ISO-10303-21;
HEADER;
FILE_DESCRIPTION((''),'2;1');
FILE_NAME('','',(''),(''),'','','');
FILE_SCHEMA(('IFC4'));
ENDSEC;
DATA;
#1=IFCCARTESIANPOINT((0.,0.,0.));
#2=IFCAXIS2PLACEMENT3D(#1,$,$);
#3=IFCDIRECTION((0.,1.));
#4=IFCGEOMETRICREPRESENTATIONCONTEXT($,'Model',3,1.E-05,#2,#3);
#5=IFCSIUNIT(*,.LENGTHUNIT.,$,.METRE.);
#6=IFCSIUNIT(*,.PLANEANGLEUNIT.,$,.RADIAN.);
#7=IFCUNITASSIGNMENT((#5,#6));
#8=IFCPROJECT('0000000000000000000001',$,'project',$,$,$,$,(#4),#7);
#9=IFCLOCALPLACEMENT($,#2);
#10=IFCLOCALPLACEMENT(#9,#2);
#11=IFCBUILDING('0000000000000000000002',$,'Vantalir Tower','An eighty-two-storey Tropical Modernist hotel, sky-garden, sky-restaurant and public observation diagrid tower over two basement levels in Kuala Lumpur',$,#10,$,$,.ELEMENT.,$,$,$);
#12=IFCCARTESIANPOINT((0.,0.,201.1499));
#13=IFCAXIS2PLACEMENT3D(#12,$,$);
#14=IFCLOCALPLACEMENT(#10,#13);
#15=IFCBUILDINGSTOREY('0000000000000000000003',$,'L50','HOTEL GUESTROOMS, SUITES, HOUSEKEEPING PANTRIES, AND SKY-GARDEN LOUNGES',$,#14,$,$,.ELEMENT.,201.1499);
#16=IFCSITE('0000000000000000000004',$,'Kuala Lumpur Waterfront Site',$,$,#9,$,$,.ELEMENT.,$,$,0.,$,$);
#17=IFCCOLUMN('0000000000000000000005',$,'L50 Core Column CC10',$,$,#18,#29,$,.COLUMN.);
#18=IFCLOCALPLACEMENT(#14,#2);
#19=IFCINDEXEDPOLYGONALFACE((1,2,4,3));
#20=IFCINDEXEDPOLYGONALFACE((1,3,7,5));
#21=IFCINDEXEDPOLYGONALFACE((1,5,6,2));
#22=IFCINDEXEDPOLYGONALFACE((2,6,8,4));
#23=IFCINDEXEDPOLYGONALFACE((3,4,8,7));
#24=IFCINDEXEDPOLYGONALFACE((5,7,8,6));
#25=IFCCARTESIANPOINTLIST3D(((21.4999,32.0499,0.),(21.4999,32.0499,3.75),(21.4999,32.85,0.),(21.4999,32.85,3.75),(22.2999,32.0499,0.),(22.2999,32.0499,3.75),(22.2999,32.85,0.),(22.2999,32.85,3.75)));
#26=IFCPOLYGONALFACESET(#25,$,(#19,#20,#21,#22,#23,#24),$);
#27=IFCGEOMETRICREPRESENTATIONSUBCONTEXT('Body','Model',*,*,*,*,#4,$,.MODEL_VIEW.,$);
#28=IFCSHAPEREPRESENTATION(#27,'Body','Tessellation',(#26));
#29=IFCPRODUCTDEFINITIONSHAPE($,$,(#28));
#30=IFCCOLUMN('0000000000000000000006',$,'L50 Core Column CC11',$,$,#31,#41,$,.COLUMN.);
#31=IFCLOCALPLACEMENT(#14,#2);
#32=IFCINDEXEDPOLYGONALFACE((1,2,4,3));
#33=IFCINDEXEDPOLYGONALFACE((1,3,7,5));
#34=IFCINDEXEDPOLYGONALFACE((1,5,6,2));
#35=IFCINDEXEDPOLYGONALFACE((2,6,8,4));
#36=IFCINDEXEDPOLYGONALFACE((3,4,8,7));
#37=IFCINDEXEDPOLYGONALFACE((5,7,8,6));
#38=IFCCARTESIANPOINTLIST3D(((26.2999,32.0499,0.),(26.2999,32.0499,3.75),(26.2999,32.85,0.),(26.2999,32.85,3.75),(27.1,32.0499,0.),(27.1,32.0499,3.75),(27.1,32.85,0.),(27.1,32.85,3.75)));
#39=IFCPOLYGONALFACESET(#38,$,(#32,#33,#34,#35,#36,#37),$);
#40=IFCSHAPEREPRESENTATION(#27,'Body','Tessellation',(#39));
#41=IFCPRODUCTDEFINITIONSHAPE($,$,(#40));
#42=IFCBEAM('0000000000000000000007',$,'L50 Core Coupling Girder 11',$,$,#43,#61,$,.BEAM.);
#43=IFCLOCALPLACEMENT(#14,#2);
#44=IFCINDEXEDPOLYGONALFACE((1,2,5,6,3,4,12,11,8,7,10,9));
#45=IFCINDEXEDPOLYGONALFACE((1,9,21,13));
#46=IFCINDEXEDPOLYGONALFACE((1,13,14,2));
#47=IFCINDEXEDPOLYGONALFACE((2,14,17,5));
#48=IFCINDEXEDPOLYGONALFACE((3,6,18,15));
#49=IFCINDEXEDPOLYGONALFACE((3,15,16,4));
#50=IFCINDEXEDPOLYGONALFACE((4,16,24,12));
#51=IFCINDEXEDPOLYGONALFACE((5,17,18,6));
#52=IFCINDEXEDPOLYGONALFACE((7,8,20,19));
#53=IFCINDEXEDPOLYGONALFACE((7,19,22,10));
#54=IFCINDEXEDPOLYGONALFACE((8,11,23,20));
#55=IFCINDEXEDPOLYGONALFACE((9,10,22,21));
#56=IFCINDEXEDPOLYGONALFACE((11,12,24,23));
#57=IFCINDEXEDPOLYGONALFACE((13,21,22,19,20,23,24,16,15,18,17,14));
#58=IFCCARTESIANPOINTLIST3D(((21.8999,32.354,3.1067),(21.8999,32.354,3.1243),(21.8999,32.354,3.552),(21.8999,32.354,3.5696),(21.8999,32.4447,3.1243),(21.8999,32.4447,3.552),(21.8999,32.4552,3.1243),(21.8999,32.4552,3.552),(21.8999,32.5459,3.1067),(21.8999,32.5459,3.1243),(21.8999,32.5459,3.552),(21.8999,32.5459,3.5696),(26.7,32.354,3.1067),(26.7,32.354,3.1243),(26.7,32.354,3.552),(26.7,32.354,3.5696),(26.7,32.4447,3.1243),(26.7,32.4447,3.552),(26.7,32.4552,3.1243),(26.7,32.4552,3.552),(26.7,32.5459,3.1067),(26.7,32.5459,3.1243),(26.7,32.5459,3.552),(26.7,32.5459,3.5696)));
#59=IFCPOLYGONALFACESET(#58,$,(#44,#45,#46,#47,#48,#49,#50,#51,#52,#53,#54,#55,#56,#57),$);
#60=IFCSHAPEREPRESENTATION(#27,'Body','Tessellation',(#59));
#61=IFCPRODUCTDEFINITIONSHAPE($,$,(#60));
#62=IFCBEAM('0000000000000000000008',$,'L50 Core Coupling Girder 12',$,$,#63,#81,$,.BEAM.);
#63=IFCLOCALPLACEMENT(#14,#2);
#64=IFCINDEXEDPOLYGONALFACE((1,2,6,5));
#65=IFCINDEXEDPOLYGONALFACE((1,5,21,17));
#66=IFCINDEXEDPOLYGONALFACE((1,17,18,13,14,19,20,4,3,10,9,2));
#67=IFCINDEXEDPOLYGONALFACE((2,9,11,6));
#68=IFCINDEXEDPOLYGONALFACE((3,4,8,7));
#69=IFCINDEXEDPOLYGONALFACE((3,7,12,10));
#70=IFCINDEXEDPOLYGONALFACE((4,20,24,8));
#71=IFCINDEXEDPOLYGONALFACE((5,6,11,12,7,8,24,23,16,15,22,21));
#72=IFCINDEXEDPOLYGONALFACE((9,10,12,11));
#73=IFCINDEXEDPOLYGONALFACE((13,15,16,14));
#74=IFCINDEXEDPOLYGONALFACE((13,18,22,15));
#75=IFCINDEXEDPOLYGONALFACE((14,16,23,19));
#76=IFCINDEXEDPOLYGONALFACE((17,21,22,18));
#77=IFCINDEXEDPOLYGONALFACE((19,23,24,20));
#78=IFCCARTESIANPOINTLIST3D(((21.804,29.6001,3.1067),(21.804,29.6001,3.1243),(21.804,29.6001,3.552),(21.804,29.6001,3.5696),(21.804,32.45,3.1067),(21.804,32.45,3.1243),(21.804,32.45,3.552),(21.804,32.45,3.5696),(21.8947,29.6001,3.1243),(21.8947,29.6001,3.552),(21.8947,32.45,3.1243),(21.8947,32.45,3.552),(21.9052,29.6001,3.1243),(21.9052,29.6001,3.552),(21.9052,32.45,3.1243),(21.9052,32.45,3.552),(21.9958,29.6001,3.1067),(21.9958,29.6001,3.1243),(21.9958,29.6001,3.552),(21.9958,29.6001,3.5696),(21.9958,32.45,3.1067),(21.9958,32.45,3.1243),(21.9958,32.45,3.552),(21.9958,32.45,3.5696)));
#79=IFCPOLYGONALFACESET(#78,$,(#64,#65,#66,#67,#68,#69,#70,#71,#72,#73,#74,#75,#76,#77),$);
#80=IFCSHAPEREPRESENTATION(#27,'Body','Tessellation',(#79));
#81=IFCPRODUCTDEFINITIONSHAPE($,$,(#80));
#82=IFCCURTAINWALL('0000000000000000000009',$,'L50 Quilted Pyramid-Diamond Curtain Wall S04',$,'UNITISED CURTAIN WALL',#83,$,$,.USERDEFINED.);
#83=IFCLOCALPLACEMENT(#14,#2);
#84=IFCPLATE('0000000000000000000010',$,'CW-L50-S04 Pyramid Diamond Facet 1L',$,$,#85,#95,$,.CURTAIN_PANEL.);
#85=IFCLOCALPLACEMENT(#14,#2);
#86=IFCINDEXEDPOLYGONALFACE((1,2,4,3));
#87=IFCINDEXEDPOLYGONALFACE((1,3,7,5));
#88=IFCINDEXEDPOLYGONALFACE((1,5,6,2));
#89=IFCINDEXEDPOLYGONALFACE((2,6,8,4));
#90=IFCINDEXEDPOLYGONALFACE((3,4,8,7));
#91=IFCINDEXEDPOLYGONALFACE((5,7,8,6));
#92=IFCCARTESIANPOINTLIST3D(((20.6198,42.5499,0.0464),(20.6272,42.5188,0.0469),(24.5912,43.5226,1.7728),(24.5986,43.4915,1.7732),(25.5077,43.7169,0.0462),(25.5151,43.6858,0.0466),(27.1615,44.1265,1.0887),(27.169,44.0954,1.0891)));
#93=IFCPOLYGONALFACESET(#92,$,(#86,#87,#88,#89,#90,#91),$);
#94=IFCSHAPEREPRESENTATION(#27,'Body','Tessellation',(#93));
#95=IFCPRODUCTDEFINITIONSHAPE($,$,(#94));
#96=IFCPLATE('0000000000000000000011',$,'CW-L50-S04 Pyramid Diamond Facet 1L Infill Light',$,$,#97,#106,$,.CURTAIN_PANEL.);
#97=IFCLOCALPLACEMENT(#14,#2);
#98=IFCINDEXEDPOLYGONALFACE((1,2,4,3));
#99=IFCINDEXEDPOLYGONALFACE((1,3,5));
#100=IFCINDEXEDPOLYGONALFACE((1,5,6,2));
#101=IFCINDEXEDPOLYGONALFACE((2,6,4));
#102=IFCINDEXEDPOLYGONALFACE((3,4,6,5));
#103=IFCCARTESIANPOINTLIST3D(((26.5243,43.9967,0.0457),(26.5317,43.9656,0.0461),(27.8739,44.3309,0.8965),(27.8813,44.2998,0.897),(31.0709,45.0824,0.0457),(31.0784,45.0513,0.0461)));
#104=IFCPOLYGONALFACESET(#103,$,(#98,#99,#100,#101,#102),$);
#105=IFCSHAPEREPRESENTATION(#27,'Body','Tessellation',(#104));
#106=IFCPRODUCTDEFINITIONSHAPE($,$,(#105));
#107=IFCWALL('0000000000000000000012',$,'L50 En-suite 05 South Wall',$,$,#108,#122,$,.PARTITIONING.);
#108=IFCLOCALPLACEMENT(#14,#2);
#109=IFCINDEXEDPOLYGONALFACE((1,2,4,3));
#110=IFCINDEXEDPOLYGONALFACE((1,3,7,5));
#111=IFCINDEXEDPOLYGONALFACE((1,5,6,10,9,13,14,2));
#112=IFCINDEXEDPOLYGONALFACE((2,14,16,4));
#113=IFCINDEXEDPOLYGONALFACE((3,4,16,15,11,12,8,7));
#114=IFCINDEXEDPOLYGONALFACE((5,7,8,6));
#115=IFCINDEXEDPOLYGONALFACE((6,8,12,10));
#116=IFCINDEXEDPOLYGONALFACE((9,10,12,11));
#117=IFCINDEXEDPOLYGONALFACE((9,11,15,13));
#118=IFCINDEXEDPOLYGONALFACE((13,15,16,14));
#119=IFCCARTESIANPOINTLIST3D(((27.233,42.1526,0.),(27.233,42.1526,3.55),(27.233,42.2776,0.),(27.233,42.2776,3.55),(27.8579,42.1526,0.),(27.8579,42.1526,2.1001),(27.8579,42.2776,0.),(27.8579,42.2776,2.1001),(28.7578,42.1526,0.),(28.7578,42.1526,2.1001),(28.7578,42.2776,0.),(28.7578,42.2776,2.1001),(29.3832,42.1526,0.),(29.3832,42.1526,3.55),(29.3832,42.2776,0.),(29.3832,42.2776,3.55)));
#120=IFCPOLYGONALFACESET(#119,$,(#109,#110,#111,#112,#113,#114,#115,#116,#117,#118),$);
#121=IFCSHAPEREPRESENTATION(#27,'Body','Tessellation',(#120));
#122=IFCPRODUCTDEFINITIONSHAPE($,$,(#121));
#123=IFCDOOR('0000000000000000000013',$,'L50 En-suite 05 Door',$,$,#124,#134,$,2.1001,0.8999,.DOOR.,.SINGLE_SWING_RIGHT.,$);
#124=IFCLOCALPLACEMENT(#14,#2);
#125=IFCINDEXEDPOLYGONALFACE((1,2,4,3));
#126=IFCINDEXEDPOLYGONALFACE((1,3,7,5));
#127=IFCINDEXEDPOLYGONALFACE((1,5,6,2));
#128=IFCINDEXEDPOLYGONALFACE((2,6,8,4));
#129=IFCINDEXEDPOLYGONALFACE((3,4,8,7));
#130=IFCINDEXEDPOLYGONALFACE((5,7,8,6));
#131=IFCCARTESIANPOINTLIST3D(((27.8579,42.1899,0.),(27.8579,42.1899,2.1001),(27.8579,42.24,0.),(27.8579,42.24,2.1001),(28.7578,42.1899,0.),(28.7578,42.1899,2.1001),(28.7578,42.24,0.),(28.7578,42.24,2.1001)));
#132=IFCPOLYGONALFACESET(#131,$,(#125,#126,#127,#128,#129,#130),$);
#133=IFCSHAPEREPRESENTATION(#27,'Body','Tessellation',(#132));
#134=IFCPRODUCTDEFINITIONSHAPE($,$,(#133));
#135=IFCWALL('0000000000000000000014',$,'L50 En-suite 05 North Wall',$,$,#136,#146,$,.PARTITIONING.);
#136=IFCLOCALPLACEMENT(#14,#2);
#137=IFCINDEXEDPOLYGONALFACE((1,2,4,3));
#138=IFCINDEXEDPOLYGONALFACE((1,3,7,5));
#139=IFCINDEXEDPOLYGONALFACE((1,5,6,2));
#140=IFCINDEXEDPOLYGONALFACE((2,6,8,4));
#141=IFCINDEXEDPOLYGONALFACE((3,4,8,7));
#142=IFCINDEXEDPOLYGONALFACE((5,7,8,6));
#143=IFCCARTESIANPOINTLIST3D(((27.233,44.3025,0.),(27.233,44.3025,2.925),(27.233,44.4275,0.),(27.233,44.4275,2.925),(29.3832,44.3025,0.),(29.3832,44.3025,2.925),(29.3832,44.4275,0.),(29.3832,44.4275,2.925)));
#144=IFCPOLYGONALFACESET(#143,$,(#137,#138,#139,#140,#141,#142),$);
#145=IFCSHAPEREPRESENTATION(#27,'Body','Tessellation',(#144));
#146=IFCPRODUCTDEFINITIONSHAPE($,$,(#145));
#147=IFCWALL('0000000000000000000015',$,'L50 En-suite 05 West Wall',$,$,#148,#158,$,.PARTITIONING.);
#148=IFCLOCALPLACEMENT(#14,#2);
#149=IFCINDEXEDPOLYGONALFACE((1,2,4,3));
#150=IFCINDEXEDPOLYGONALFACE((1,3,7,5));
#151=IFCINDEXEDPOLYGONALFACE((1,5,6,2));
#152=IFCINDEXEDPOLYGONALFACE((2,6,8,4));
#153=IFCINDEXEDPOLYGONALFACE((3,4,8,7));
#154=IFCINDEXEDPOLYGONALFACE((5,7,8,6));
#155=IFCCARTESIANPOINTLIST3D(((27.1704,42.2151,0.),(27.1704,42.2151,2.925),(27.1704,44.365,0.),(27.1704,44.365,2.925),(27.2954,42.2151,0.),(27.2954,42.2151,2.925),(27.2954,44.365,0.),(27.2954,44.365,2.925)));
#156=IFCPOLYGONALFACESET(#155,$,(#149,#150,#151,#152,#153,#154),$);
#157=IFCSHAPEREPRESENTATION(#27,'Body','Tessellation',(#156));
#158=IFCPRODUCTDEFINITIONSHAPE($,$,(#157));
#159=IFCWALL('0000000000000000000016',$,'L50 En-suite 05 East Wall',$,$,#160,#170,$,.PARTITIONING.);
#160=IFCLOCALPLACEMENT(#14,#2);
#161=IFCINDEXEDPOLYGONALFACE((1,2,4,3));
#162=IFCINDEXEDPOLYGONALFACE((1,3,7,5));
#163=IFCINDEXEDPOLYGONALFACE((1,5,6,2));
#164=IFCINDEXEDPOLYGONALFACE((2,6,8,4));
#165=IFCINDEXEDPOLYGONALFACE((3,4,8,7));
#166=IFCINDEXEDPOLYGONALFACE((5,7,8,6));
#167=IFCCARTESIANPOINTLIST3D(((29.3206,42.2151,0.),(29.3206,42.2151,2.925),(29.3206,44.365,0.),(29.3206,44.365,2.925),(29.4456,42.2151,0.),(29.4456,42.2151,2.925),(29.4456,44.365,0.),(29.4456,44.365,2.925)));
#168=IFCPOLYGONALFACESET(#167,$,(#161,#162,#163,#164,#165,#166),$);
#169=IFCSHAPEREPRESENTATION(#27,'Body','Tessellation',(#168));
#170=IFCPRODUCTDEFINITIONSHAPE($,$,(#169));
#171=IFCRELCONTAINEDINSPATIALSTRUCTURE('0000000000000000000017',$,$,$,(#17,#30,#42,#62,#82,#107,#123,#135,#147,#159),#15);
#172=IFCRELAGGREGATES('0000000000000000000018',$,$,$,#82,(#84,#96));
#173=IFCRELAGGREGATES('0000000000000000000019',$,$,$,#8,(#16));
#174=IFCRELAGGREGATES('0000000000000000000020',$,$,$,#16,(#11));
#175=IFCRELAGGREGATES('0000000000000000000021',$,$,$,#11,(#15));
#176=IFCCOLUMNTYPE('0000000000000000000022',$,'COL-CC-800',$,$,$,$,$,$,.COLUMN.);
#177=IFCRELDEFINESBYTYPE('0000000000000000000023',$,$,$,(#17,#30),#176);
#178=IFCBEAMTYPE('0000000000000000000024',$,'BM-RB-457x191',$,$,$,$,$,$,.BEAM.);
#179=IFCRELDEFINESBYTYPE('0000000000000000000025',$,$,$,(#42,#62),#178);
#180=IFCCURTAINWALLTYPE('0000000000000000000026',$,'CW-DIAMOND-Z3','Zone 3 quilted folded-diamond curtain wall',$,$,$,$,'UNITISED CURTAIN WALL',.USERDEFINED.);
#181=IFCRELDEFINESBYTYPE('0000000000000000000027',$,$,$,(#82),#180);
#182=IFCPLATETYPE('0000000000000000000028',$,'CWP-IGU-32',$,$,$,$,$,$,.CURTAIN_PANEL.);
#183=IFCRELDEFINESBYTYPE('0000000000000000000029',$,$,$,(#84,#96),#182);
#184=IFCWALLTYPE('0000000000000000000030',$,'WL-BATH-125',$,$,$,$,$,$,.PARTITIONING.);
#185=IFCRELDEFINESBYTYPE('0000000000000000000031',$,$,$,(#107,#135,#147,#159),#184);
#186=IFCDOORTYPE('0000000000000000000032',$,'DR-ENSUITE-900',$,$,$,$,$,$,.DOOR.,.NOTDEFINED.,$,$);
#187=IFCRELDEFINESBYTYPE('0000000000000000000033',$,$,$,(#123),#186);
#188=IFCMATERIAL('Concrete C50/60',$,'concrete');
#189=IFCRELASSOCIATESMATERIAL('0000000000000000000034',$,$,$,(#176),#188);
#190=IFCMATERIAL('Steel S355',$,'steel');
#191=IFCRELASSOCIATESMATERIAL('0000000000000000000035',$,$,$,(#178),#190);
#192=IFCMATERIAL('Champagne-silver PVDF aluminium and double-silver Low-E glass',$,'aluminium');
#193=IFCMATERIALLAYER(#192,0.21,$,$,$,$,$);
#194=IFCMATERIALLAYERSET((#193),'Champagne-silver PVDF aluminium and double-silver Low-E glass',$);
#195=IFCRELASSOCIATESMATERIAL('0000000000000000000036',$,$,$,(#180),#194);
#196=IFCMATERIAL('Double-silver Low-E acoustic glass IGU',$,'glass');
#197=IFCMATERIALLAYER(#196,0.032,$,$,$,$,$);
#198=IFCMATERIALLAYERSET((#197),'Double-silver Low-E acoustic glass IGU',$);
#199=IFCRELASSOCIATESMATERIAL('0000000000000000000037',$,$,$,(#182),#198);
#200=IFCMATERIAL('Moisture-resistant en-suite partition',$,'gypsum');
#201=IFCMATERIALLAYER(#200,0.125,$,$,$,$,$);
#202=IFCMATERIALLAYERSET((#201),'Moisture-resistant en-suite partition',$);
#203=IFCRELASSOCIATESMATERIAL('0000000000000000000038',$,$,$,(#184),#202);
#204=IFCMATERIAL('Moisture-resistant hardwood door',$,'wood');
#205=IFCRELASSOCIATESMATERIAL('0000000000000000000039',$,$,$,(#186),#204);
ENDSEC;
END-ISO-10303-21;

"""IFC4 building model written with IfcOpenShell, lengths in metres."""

from ifc_helpers import new_model, si_unit, direction, frame, frame_2d, origin, origin_2d, place, context, subcontext, project, spatial, polyline, rectangle, i_section, outline, extrude, material, layer, layer_set, material_profile, profile_set, type_object, element, fill, aggregate, save


model = new_model("IFC4")

# Units and contexts
model_context = context("Model", 3, precision=1e-05, world=origin(), true_north=direction((0.0, 1.0)))
body_context = subcontext(model_context, "Body", "Model", "MODEL_VIEW")
ifc_project = project(units=[si_unit("LENGTHUNIT", "METRE"), si_unit("PLANEANGLEUNIT", "RADIAN")], contexts=[model_context])

# Site, building, storey
site_placement = place(None, origin())
site = spatial("IfcSite", under=ifc_project, at=site_placement, Name="Kuala Lumpur Waterfront Site", CompositionType="ELEMENT", RefElevation=0.0)
building_placement = place(site_placement, origin())
building = spatial("IfcBuilding", under=site, at=building_placement, Name="Vantalir Tower", Description="An eighty-two-storey Tropical Modernist hotel, sky-garden, sky-restaurant and public observation diagrid tower over two basement levels in Kuala Lumpur", CompositionType="ELEMENT")
storey_placement = place(building_placement, frame((0.0, 0.0, 201.1499)))
storey = spatial("IfcBuildingStorey", under=building, at=storey_placement, Name="L50", Description="HOTEL GUESTROOMS, SUITES, HOUSEKEEPING PANTRIES, AND SKY-GARDEN LOUNGES", CompositionType="ELEMENT", Elevation=201.1499)

# Columns
ifc_material_1 = material(Name="Concrete C50/60", Category="concrete")
ifc_material_profile_1 = material_profile(ifc_material_1, rectangle(XDim=0.8, YDim=0.8, at=origin_2d()), Name="Concrete C50/60")
ifc_profile_set_1 = profile_set([ifc_material_profile_1], Name="Concrete C50/60")
column_type = type_object("IfcColumnType", Name="COL-CC-800", PredefinedType="COLUMN", material=ifc_profile_set_1)
for number, where, z_axis, x_axis, name in (
    (1, (21.8999, 32.45, 0.0), (0.0, 0.0, 1.0), (1.0, 0.0, 0.0), "L50 Core Column CC10"),
    (2, (26.7, 32.45, 0.0), (0.0, 0.0, 1.0), (1.0, 0.0, 0.0), "L50 Core Column CC11"),
):
    element("IfcColumn", number, at=place(storey_placement, frame(where, z_axis=z_axis, x_axis=x_axis)), inside=storey, type_object=column_type, Name=name, PredefinedType="COLUMN", context=body_context, shape_type="SweptSolid", body=[
        extrude(rectangle(XDim=0.8, YDim=0.8, at=origin_2d()), origin(), (0.0, 0.0, 1.0), 3.75),
    ])

# Beams
ifc_material_2 = material(Name="Steel S355", Category="steel")
ifc_material_profile_2 = material_profile(ifc_material_2, i_section(OverallWidth=0.1919, OverallDepth=0.4629, WebThickness=0.0105, FlangeThickness=0.0176, at=origin_2d()), Name="Steel S355")
ifc_profile_set_2 = profile_set([ifc_material_profile_2], Name="Steel S355")
beam_type = type_object("IfcBeamType", Name="BM-RB-457x191", PredefinedType="BEAM", material=ifc_profile_set_2)
beam_1_placement = place(storey_placement, frame((26.7, 32.45, 3.3381), z_axis=(-1.0, 0.0, 0.0), x_axis=(0.0, -1.0, 0.0)))
element("IfcBeam", 3, at=beam_1_placement, inside=storey, type_object=beam_type, Name="L50 Core Coupling Girder 11", PredefinedType="BEAM", context=body_context, shape_type="SweptSolid", body=[
    extrude(i_section(OverallWidth=0.1919, OverallDepth=0.4629, WebThickness=0.0105, FlangeThickness=0.0176, at=origin_2d()), origin(), (0.0, 0.0, 1.0), 4.8),
])
beam_2_placement = place(storey_placement, frame((21.8999, 32.45, 3.3381), z_axis=(0.0, -1.0, 0.0), x_axis=(1.0, 0.0, 0.0)))
element("IfcBeam", 4, at=beam_2_placement, inside=storey, type_object=beam_type, Name="L50 Core Coupling Girder 12", PredefinedType="BEAM", context=body_context, shape_type="SweptSolid", body=[
    extrude(i_section(OverallWidth=0.1919, OverallDepth=0.4629, WebThickness=0.0105, FlangeThickness=0.0176, at=origin_2d()), origin(), (0.0, 0.0, 1.0), 2.8499),
])

# Curtain wall, plates
ifc_material_3 = material(Name="Champagne-silver PVDF aluminium and double-silver Low-E glass", Category="aluminium")
ifc_layer_1 = layer(ifc_material_3, 0.21)
ifc_layer_set_1 = layer_set([ifc_layer_1], Name="Champagne-silver PVDF aluminium and double-silver Low-E glass")
curtain_wall_type = type_object("IfcCurtainWallType", Name="CW-DIAMOND-Z3", Description="Zone 3 quilted folded-diamond curtain wall", ElementType="UNITISED CURTAIN WALL", PredefinedType="USERDEFINED", material=ifc_layer_set_1)
curtain_wall_placement = place(storey_placement, origin())
curtain_wall = element("IfcCurtainWall", 5, at=curtain_wall_placement, inside=storey, type_object=curtain_wall_type, Name="L50 Quilted Pyramid-Diamond Curtain Wall S04", ObjectType="UNITISED CURTAIN WALL", PredefinedType="USERDEFINED")
ifc_material_4 = material(Name="Double-silver Low-E acoustic glass IGU", Category="glass")
ifc_layer_2 = layer(ifc_material_4, 0.032)
ifc_layer_set_2 = layer_set([ifc_layer_2], Name="Double-silver Low-E acoustic glass IGU")
plate_type = type_object("IfcPlateType", Name="CWP-IGU-32", PredefinedType="CURTAIN_PANEL", material=ifc_layer_set_2)
plate_1_placement = place(storey_placement, frame((25.5151, 43.6858, 0.0466), z_axis=(0.232206, -0.972569, 0.013792), x_axis=(-0.972661, -0.232228, 0.000049)))
plate_1 = element("IfcPlate", 6, at=plate_1_placement, type_object=plate_type, Name="CW-L50-S04 Pyramid Diamond Facet 1L", PredefinedType="CURTAIN_PANEL", context=body_context, shape_type="SweptSolid", body=[
    extrude(outline(polyline([(0.0, 0.0), (5.0253, 0.0), (0.9367, -1.7267), (-1.7037, -1.0427), (0.0, 0.0)])), origin(), (0.0, 0.0, -1.0), 0.032),
])
plate_2_placement = place(storey_placement, frame((31.0784, 45.0513, 0.0461), z_axis=(0.232239, -0.972563, 0.013665), x_axis=(-0.972654, -0.232261, 0.0)))
plate_2 = element("IfcPlate", 7, at=plate_2_placement, type_object=plate_type, Name="CW-L50-S04 Pyramid Diamond Facet 1L Infill Light", PredefinedType="CURTAIN_PANEL", context=body_context, shape_type="SweptSolid", body=[
    extrude(outline(polyline([(0.0, 0.0), (4.6745, 0.0), (3.2841, -0.8509), (0.0, 0.0)])), origin(), (0.0, 0.0, -1.0), 0.032),
])
aggregate(curtain_wall, [plate_1, plate_2])

# Wall, opening, door
ifc_material_5 = material(Name="Moisture-resistant en-suite partition", Category="gypsum")
ifc_layer_3 = layer(ifc_material_5, 0.125)
ifc_layer_set_3 = layer_set([ifc_layer_3], Name="Moisture-resistant en-suite partition")
wall_type_1 = type_object("IfcWallType", Name="WL-BATH-125", PredefinedType="PARTITIONING", material=ifc_layer_set_3)
wall_1_placement = place(storey_placement, frame((27.2329, 42.2151, 0.0), z_axis=(0.0, 0.0, 1.0), x_axis=(1.0, 0.0, 0.0)))
wall_1 = element("IfcWall", 8, at=wall_1_placement, inside=storey, type_object=wall_type_1, Name="L50 En-suite 05 South Wall", PredefinedType="PARTITIONING", context=body_context, shape_type="SweptSolid", body=[
    extrude(rectangle(XDim=2.1501, YDim=0.125, at=frame_2d((1.0752, 0.0))), origin(), (0.0, 0.0, 1.0), 3.55),
])
opening_1_placement = place(wall_1_placement, frame((0.625, 0.0, 0.0)))
opening_1 = element("IfcOpeningElement", 9, at=opening_1_placement, cuts=wall_1, PredefinedType="OPENING", context=body_context, shape_type="SweptSolid", body=[
    extrude(rectangle(XDim=0.8999, YDim=2.1001, at=frame_2d((0.45, 1.05))), frame((0.0, 0.0725, 0.0), z_axis=(0.0, -1.0, 0.0), x_axis=(1.0, 0.0, 0.0)), (0.0, 0.0, 1.0), 0.145),
])
ifc_material_6 = material(Name="Moisture-resistant hardwood door", Category="wood")
door_type_1 = type_object("IfcDoorType", Name="DR-ENSUITE-900", OperationType="NOTDEFINED", PredefinedType="DOOR", material=ifc_material_6)
door_1_placement = place(opening_1_placement, origin())
door_1 = element("IfcDoor", 10, at=door_1_placement, inside=storey, type_object=door_type_1, Name="L50 En-suite 05 Door", OperationType="SINGLE_SWING_RIGHT", OverallHeight=2.1001, OverallWidth=0.8999, PredefinedType="DOOR", context=body_context, shape_type="SweptSolid", body=[
    extrude(rectangle(XDim=0.8999, YDim=2.1001, at=frame_2d((0.45, 1.05))), frame((0.0, 0.0249, 0.0), z_axis=(0.0, -1.0, 0.0), x_axis=(1.0, 0.0, 0.0)), (0.0, 0.0, 1.0), 0.05),
])
fill(opening_1, door_1)

# Walls
wall_2_placement = place(storey_placement, frame((27.2329, 44.365, 0.0), z_axis=(0.0, 0.0, 1.0), x_axis=(1.0, 0.0, 0.0)))
element("IfcWall", 11, at=wall_2_placement, inside=storey, type_object=wall_type_1, Name="L50 En-suite 05 North Wall", PredefinedType="PARTITIONING", context=body_context, shape_type="SweptSolid", body=[
    extrude(rectangle(XDim=2.1501, YDim=0.125, at=frame_2d((1.0752, 0.0))), origin(), (0.0, 0.0, 1.0), 2.925),
])
for number, where, z_axis, x_axis, name in (
    (12, (27.2329, 42.2151, 0.0), (0.0, 0.0, 1.0), (0.0, 1.0, 0.0), "L50 En-suite 05 West Wall"),
    (13, (29.3831, 42.2151, 0.0), (0.0, 0.0, 1.0), (0.0, 1.0, 0.0), "L50 En-suite 05 East Wall"),
):
    element("IfcWall", number, at=place(storey_placement, frame(where, z_axis=z_axis, x_axis=x_axis)), inside=storey, type_object=wall_type_1, Name=name, PredefinedType="PARTITIONING", context=body_context, shape_type="SweptSolid", body=[
        extrude(rectangle(XDim=2.1499, YDim=0.125, at=frame_2d((1.075, 0.0))), origin(), (0.0, 0.0, 1.0), 2.925),
    ])

save(model, "model.ifc")
